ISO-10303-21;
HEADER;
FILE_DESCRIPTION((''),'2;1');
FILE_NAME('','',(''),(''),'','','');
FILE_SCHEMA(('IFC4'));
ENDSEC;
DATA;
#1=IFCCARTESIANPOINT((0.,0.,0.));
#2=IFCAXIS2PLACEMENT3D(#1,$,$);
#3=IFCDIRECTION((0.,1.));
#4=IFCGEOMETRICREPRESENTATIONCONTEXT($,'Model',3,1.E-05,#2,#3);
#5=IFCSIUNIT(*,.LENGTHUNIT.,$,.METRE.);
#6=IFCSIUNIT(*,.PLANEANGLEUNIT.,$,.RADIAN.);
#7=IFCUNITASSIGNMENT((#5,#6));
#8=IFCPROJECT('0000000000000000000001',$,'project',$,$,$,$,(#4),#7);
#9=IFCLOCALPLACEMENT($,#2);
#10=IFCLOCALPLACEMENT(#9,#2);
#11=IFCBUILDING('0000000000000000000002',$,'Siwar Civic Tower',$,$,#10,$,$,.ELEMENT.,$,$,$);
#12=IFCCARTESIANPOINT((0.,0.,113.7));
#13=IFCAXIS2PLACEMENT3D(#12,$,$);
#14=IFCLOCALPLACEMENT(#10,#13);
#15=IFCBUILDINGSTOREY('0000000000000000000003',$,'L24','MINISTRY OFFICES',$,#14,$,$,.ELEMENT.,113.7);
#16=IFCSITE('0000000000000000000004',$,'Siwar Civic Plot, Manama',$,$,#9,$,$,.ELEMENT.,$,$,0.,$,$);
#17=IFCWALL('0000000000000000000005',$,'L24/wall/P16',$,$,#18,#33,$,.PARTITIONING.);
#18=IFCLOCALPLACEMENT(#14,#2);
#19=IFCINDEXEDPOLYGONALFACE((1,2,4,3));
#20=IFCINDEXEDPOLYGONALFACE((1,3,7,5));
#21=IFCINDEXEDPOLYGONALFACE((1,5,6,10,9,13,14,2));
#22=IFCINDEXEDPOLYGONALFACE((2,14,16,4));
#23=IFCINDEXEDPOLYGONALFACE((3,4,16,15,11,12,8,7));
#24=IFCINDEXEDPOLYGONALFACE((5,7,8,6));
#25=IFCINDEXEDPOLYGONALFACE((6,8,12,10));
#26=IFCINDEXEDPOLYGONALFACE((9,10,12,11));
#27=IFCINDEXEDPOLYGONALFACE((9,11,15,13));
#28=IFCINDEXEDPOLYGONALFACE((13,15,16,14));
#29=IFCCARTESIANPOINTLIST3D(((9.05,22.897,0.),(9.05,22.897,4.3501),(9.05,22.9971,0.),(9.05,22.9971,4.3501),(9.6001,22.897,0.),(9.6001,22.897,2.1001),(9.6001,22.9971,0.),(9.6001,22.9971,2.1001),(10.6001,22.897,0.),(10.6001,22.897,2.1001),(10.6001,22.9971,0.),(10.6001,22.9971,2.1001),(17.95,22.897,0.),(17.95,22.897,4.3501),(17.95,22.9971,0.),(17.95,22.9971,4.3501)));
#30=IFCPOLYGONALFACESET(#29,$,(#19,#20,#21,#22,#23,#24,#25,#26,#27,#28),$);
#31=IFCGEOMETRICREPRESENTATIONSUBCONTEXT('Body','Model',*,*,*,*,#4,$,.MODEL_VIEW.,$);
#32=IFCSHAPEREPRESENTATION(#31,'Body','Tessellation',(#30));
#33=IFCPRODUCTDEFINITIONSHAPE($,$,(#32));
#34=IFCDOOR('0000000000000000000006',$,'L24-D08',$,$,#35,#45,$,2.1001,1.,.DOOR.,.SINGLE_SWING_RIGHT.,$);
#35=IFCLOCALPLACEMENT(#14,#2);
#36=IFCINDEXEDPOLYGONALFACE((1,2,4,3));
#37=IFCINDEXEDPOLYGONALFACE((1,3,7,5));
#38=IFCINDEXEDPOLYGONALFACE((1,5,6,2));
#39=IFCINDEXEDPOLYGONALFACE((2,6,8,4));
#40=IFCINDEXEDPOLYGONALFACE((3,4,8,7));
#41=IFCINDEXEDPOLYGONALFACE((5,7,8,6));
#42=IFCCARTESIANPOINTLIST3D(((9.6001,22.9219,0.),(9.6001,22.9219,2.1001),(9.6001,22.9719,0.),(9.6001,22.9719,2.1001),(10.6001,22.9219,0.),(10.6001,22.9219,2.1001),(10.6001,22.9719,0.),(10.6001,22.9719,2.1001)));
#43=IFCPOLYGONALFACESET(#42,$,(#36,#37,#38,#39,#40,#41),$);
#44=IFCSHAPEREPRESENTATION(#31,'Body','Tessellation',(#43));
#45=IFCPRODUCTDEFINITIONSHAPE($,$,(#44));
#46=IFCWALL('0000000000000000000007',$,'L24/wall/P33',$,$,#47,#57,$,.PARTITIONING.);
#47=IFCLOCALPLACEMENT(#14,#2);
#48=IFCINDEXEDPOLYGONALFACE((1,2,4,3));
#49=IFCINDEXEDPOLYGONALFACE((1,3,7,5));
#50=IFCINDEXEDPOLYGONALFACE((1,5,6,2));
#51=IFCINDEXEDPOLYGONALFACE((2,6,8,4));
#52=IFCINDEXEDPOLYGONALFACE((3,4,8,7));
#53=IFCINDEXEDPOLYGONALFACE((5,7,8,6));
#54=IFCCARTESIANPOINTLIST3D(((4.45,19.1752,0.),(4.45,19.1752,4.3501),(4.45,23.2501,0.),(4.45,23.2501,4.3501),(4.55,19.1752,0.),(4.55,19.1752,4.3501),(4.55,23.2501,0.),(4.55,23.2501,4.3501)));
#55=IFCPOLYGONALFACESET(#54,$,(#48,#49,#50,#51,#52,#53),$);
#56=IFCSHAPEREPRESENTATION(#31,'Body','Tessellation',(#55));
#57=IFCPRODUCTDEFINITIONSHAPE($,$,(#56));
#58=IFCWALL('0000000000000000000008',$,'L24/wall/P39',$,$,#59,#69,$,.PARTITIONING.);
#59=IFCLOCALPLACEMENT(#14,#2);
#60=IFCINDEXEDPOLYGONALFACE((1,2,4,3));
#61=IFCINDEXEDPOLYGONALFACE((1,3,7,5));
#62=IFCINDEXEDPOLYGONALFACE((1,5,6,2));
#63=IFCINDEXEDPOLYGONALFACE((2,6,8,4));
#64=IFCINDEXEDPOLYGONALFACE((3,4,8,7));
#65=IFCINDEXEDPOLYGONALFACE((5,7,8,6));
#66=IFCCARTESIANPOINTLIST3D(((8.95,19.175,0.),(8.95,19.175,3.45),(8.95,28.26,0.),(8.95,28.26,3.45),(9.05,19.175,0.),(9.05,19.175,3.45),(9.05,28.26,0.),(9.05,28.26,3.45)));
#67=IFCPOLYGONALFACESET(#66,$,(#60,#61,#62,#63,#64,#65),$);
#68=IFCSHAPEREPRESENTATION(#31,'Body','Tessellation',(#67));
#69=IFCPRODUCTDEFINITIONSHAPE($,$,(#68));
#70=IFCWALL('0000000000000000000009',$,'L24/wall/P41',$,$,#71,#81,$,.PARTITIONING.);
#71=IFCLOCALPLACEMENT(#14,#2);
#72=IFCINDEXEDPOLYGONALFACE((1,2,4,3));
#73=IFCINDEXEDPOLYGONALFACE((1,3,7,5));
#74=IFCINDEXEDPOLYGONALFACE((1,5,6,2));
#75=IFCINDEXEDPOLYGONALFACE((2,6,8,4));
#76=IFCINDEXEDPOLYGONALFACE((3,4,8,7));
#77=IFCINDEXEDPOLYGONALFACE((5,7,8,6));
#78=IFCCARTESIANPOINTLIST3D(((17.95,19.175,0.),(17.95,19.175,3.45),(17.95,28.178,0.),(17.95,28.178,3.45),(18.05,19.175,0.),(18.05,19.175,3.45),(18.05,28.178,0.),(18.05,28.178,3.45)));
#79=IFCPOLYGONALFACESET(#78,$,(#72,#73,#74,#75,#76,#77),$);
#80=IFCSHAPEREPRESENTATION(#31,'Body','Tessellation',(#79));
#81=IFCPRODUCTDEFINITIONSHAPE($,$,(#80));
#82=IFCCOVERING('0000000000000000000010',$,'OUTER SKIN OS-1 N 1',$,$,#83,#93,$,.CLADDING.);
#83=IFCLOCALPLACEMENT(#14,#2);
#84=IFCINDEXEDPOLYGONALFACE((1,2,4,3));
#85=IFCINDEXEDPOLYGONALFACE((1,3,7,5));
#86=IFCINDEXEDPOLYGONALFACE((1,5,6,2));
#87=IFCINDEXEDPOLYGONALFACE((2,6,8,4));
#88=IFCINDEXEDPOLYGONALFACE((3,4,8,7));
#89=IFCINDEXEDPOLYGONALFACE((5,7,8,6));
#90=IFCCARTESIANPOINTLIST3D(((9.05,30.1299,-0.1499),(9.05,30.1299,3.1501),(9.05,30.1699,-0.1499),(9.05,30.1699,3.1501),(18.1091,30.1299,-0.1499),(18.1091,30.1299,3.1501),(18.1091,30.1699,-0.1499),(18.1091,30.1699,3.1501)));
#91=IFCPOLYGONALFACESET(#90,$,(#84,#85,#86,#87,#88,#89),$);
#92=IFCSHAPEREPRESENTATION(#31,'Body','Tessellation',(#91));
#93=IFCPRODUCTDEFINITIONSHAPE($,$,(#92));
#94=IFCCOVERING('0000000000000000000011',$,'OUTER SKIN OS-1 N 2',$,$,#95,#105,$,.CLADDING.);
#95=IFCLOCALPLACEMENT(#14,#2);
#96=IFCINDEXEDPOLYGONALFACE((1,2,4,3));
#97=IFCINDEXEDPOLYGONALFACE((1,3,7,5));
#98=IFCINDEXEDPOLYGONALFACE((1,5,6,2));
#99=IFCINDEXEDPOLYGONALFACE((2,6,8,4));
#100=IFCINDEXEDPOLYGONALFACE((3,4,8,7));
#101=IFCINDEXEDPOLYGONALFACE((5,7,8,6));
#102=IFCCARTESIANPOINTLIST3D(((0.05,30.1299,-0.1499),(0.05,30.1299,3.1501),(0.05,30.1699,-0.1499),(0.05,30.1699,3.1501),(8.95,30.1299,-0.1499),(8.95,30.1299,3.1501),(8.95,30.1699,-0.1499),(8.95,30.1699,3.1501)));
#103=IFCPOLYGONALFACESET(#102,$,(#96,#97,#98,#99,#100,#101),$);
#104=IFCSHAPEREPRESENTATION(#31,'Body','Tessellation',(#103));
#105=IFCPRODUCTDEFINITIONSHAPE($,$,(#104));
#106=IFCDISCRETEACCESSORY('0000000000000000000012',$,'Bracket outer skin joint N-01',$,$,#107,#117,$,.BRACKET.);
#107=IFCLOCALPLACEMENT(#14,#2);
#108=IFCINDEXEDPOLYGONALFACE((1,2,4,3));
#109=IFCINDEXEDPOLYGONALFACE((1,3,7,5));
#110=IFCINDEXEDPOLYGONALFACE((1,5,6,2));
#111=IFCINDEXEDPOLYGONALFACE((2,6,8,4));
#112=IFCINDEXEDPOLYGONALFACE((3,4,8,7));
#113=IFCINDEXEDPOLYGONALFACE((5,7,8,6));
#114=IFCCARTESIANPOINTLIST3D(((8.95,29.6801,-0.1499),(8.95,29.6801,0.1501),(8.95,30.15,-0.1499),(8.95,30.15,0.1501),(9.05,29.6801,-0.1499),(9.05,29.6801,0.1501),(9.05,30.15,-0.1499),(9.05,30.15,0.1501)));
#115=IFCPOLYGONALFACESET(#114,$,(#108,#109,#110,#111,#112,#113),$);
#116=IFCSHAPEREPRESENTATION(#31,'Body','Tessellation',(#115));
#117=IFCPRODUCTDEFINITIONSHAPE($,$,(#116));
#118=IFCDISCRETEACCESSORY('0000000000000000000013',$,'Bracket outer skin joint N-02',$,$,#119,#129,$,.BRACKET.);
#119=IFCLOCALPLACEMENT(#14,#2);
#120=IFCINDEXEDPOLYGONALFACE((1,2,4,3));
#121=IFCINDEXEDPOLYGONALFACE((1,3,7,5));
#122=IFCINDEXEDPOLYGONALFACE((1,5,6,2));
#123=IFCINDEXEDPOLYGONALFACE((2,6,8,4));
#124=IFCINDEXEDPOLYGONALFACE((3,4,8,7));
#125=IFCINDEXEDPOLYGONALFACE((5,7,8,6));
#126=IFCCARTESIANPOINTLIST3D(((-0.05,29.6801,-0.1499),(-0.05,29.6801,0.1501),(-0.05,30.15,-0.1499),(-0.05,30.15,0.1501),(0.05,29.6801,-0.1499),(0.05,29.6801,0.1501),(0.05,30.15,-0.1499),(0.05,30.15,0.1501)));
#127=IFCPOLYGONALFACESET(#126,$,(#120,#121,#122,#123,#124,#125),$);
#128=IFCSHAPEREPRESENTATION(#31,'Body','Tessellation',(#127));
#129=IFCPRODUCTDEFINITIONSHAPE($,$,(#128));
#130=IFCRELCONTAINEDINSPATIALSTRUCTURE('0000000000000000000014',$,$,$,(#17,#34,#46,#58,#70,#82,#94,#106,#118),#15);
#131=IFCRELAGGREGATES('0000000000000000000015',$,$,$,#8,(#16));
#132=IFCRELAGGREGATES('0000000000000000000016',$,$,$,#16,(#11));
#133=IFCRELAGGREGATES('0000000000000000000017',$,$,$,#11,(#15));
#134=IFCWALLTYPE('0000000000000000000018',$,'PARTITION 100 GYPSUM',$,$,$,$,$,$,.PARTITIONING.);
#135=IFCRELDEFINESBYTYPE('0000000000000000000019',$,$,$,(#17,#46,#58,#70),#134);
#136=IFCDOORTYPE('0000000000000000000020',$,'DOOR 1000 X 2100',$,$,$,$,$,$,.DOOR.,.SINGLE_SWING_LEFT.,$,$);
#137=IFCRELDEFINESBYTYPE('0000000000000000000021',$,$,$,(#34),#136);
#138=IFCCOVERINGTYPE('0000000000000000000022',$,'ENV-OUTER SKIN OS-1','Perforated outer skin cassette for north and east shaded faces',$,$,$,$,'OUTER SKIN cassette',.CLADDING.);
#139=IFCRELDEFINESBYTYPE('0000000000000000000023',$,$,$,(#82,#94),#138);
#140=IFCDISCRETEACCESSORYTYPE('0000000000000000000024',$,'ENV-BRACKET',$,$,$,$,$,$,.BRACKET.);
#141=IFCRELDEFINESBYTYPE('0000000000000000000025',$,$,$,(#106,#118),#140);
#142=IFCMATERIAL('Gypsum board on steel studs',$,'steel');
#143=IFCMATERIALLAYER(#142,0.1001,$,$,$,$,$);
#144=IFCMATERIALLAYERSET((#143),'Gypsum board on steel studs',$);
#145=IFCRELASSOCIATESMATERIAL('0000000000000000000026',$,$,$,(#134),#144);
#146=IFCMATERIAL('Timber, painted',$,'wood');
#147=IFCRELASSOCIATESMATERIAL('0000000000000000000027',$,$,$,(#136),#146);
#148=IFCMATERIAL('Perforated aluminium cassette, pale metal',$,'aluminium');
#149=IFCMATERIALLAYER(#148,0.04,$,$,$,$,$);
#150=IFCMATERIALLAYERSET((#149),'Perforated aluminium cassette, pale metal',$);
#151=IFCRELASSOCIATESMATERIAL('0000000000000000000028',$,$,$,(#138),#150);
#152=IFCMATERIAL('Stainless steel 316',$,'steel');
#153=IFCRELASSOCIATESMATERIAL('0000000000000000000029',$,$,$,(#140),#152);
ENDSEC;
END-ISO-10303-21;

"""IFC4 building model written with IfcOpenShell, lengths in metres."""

from ifc_helpers import new_model, si_unit, direction, frame, frame_2d, origin, origin_2d, place, context, subcontext, project, spatial, rectangle, extrude, material, layer, layer_set, type_object, element, fill, save


model = new_model("IFC4")

# Units and contexts
model_context = context("Model", 3, precision=1e-05, world=origin(), true_north=direction((0.0, 1.0)))
body_context = subcontext(model_context, "Body", "Model", "MODEL_VIEW")
ifc_project = project(units=[si_unit("LENGTHUNIT", "METRE"), si_unit("PLANEANGLEUNIT", "RADIAN")], contexts=[model_context])

# Site, building, storey
site_placement = place(None, origin())
site = spatial("IfcSite", under=ifc_project, at=site_placement, Name="Siwar Civic Plot, Manama", CompositionType="ELEMENT", RefElevation=0.0)
building_placement = place(site_placement, origin())
building = spatial("IfcBuilding", under=site, at=building_placement, Name="Siwar Civic Tower", CompositionType="ELEMENT")
storey_placement = place(building_placement, frame((0.0, 0.0, 113.7)))
storey = spatial("IfcBuildingStorey", under=building, at=storey_placement, Name="L24", Description="MINISTRY OFFICES", CompositionType="ELEMENT", Elevation=113.7)

# Wall, opening, door
ifc_material_1 = material(Name="Gypsum board on steel studs", Category="steel")
ifc_layer_1 = layer(ifc_material_1, 0.1001)
ifc_layer_set_1 = layer_set([ifc_layer_1], Name="Gypsum board on steel studs")
wall_type = type_object("IfcWallType", Name="PARTITION 100 GYPSUM", PredefinedType="PARTITIONING", material=ifc_layer_set_1)
wall_1_placement = place(storey_placement, frame((9.05, 22.947, 0.0), z_axis=(0.0, 0.0, 1.0), x_axis=(1.0, 0.0, 0.0)))
wall_1 = element("IfcWall", 1, at=wall_1_placement, inside=storey, type_object=wall_type, Name="L24/wall/P16", PredefinedType="PARTITIONING", context=body_context, shape_type="SweptSolid", body=[
    extrude(rectangle(XDim=8.8999, YDim=0.1001, at=frame_2d((4.45, 0.0))), origin(), (0.0, 0.0, 1.0), 4.3501),
])
opening_placement = place(wall_1_placement, frame((0.55, 0.0, 0.0)))
opening = element("IfcOpeningElement", 2, at=opening_placement, cuts=wall_1, PredefinedType="OPENING", context=body_context, shape_type="SweptSolid", body=[
    extrude(rectangle(XDim=1.0, YDim=2.1001, at=frame_2d((0.5, 1.05))), frame((0.0, 0.0601, 0.0), z_axis=(0.0, -1.0, 0.0), x_axis=(1.0, 0.0, 0.0)), (0.0, 0.0, 1.0), 0.1201),
])
ifc_material_2 = material(Name="Timber, painted", Category="wood")
door_type = type_object("IfcDoorType", Name="DOOR 1000 X 2100", OperationType="SINGLE_SWING_LEFT", PredefinedType="DOOR", material=ifc_material_2)
door_placement = place(opening_placement, origin())
door = element("IfcDoor", 3, at=door_placement, inside=storey, type_object=door_type, Name="L24-D08", OperationType="SINGLE_SWING_RIGHT", OverallHeight=2.1001, OverallWidth=1.0, PredefinedType="DOOR", context=body_context, shape_type="SweptSolid", body=[
    extrude(rectangle(XDim=1.0, YDim=2.1001, at=frame_2d((0.5, 1.05))), frame((0.0, 0.0249, 0.0), z_axis=(0.0, -1.0, 0.0), x_axis=(1.0, 0.0, 0.0)), (0.0, 0.0, 1.0), 0.05),
])
fill(opening, door)

# Walls
wall_2_placement = place(storey_placement, frame((4.5, 19.175, 0.0), z_axis=(0.0, 0.0, 1.0), x_axis=(0.0, 1.0, 0.0)))
element("IfcWall", 4, at=wall_2_placement, inside=storey, type_object=wall_type, Name="L24/wall/P33", PredefinedType="PARTITIONING", context=body_context, shape_type="SweptSolid", body=[
    extrude(rectangle(XDim=4.075, YDim=0.1001, at=frame_2d((2.0376, 0.0))), origin(), (0.0, 0.0, 1.0), 4.3501),
])
wall_3_placement = place(storey_placement, frame((9.0, 19.175, 0.0), z_axis=(0.0, 0.0, 1.0), x_axis=(0.0, 1.0, 0.0)))
element("IfcWall", 5, at=wall_3_placement, inside=storey, type_object=wall_type, Name="L24/wall/P39", PredefinedType="PARTITIONING", context=body_context, shape_type="SweptSolid", body=[
    extrude(rectangle(XDim=9.085, YDim=0.1001, at=frame_2d((4.5425, 0.0))), origin(), (0.0, 0.0, 1.0), 3.45),
])
wall_4_placement = place(storey_placement, frame((18.0, 19.175, 0.0), z_axis=(0.0, 0.0, 1.0), x_axis=(0.0, 1.0, 0.0)))
element("IfcWall", 6, at=wall_4_placement, inside=storey, type_object=wall_type, Name="L24/wall/P41", PredefinedType="PARTITIONING", context=body_context, shape_type="SweptSolid", body=[
    extrude(rectangle(XDim=9.0029, YDim=0.1001, at=frame_2d((4.5015, 0.0))), origin(), (0.0, 0.0, 1.0), 3.45),
])

# Coverings
ifc_material_3 = material(Name="Perforated aluminium cassette, pale metal", Category="aluminium")
ifc_layer_2 = layer(ifc_material_3, 0.04)
ifc_layer_set_2 = layer_set([ifc_layer_2], Name="Perforated aluminium cassette, pale metal")
covering_type = type_object("IfcCoveringType", Name="ENV-OUTER SKIN OS-1", Description="Perforated outer skin cassette for north and east shaded faces", ElementType="OUTER SKIN cassette", PredefinedType="CLADDING", material=ifc_layer_set_2)
covering_1_placement = place(storey_placement, frame((13.5796, 30.1499, -0.1499), z_axis=(0.0, 0.0, 1.0), x_axis=(-1.0, 0.0, 0.0)))
element("IfcCovering", 7, at=covering_1_placement, inside=storey, type_object=covering_type, Name="OUTER SKIN OS-1 N 1", PredefinedType="CLADDING", context=body_context, shape_type="SweptSolid", body=[
    extrude(rectangle(XDim=9.0591, YDim=0.04, at=origin_2d()), origin(), (0.0, 0.0, 1.0), 3.3),
])
covering_2_placement = place(storey_placement, frame((4.5, 30.1499, -0.1499), z_axis=(0.0, 0.0, 1.0), x_axis=(-1.0, 0.0, 0.0)))
element("IfcCovering", 8, at=covering_2_placement, inside=storey, type_object=covering_type, Name="OUTER SKIN OS-1 N 2", PredefinedType="CLADDING", context=body_context, shape_type="SweptSolid", body=[
    extrude(rectangle(XDim=8.8999, YDim=0.04, at=origin_2d()), origin(), (0.0, 0.0, 1.0), 3.3),
])

# Discrete accessories
ifc_material_4 = material(Name="Stainless steel 316", Category="steel")
discrete_accessory_type = type_object("IfcDiscreteAccessoryType", Name="ENV-BRACKET", PredefinedType="BRACKET", material=ifc_material_4)
for number, where, z_axis, x_axis, name in (
    (9, (9.0, 29.915, -0.1499), (0.0, 0.0, 1.0), (0.0, 1.0, 0.0), "Bracket outer skin joint N-01"),
    (10, (0.0, 29.915, -0.1499), (0.0, 0.0, 1.0), (0.0, 1.0, 0.0), "Bracket outer skin joint N-02"),
):
    element("IfcDiscreteAccessory", number, at=place(storey_placement, frame(where, z_axis=z_axis, x_axis=x_axis)), inside=storey, type_object=discrete_accessory_type, Name=name, PredefinedType="BRACKET", context=body_context, shape_type="SweptSolid", body=[
        extrude(rectangle(XDim=0.47, YDim=0.1001, at=origin_2d()), origin(), (0.0, 0.0, 1.0), 0.3),
    ])

save(model, "model.ifc")
